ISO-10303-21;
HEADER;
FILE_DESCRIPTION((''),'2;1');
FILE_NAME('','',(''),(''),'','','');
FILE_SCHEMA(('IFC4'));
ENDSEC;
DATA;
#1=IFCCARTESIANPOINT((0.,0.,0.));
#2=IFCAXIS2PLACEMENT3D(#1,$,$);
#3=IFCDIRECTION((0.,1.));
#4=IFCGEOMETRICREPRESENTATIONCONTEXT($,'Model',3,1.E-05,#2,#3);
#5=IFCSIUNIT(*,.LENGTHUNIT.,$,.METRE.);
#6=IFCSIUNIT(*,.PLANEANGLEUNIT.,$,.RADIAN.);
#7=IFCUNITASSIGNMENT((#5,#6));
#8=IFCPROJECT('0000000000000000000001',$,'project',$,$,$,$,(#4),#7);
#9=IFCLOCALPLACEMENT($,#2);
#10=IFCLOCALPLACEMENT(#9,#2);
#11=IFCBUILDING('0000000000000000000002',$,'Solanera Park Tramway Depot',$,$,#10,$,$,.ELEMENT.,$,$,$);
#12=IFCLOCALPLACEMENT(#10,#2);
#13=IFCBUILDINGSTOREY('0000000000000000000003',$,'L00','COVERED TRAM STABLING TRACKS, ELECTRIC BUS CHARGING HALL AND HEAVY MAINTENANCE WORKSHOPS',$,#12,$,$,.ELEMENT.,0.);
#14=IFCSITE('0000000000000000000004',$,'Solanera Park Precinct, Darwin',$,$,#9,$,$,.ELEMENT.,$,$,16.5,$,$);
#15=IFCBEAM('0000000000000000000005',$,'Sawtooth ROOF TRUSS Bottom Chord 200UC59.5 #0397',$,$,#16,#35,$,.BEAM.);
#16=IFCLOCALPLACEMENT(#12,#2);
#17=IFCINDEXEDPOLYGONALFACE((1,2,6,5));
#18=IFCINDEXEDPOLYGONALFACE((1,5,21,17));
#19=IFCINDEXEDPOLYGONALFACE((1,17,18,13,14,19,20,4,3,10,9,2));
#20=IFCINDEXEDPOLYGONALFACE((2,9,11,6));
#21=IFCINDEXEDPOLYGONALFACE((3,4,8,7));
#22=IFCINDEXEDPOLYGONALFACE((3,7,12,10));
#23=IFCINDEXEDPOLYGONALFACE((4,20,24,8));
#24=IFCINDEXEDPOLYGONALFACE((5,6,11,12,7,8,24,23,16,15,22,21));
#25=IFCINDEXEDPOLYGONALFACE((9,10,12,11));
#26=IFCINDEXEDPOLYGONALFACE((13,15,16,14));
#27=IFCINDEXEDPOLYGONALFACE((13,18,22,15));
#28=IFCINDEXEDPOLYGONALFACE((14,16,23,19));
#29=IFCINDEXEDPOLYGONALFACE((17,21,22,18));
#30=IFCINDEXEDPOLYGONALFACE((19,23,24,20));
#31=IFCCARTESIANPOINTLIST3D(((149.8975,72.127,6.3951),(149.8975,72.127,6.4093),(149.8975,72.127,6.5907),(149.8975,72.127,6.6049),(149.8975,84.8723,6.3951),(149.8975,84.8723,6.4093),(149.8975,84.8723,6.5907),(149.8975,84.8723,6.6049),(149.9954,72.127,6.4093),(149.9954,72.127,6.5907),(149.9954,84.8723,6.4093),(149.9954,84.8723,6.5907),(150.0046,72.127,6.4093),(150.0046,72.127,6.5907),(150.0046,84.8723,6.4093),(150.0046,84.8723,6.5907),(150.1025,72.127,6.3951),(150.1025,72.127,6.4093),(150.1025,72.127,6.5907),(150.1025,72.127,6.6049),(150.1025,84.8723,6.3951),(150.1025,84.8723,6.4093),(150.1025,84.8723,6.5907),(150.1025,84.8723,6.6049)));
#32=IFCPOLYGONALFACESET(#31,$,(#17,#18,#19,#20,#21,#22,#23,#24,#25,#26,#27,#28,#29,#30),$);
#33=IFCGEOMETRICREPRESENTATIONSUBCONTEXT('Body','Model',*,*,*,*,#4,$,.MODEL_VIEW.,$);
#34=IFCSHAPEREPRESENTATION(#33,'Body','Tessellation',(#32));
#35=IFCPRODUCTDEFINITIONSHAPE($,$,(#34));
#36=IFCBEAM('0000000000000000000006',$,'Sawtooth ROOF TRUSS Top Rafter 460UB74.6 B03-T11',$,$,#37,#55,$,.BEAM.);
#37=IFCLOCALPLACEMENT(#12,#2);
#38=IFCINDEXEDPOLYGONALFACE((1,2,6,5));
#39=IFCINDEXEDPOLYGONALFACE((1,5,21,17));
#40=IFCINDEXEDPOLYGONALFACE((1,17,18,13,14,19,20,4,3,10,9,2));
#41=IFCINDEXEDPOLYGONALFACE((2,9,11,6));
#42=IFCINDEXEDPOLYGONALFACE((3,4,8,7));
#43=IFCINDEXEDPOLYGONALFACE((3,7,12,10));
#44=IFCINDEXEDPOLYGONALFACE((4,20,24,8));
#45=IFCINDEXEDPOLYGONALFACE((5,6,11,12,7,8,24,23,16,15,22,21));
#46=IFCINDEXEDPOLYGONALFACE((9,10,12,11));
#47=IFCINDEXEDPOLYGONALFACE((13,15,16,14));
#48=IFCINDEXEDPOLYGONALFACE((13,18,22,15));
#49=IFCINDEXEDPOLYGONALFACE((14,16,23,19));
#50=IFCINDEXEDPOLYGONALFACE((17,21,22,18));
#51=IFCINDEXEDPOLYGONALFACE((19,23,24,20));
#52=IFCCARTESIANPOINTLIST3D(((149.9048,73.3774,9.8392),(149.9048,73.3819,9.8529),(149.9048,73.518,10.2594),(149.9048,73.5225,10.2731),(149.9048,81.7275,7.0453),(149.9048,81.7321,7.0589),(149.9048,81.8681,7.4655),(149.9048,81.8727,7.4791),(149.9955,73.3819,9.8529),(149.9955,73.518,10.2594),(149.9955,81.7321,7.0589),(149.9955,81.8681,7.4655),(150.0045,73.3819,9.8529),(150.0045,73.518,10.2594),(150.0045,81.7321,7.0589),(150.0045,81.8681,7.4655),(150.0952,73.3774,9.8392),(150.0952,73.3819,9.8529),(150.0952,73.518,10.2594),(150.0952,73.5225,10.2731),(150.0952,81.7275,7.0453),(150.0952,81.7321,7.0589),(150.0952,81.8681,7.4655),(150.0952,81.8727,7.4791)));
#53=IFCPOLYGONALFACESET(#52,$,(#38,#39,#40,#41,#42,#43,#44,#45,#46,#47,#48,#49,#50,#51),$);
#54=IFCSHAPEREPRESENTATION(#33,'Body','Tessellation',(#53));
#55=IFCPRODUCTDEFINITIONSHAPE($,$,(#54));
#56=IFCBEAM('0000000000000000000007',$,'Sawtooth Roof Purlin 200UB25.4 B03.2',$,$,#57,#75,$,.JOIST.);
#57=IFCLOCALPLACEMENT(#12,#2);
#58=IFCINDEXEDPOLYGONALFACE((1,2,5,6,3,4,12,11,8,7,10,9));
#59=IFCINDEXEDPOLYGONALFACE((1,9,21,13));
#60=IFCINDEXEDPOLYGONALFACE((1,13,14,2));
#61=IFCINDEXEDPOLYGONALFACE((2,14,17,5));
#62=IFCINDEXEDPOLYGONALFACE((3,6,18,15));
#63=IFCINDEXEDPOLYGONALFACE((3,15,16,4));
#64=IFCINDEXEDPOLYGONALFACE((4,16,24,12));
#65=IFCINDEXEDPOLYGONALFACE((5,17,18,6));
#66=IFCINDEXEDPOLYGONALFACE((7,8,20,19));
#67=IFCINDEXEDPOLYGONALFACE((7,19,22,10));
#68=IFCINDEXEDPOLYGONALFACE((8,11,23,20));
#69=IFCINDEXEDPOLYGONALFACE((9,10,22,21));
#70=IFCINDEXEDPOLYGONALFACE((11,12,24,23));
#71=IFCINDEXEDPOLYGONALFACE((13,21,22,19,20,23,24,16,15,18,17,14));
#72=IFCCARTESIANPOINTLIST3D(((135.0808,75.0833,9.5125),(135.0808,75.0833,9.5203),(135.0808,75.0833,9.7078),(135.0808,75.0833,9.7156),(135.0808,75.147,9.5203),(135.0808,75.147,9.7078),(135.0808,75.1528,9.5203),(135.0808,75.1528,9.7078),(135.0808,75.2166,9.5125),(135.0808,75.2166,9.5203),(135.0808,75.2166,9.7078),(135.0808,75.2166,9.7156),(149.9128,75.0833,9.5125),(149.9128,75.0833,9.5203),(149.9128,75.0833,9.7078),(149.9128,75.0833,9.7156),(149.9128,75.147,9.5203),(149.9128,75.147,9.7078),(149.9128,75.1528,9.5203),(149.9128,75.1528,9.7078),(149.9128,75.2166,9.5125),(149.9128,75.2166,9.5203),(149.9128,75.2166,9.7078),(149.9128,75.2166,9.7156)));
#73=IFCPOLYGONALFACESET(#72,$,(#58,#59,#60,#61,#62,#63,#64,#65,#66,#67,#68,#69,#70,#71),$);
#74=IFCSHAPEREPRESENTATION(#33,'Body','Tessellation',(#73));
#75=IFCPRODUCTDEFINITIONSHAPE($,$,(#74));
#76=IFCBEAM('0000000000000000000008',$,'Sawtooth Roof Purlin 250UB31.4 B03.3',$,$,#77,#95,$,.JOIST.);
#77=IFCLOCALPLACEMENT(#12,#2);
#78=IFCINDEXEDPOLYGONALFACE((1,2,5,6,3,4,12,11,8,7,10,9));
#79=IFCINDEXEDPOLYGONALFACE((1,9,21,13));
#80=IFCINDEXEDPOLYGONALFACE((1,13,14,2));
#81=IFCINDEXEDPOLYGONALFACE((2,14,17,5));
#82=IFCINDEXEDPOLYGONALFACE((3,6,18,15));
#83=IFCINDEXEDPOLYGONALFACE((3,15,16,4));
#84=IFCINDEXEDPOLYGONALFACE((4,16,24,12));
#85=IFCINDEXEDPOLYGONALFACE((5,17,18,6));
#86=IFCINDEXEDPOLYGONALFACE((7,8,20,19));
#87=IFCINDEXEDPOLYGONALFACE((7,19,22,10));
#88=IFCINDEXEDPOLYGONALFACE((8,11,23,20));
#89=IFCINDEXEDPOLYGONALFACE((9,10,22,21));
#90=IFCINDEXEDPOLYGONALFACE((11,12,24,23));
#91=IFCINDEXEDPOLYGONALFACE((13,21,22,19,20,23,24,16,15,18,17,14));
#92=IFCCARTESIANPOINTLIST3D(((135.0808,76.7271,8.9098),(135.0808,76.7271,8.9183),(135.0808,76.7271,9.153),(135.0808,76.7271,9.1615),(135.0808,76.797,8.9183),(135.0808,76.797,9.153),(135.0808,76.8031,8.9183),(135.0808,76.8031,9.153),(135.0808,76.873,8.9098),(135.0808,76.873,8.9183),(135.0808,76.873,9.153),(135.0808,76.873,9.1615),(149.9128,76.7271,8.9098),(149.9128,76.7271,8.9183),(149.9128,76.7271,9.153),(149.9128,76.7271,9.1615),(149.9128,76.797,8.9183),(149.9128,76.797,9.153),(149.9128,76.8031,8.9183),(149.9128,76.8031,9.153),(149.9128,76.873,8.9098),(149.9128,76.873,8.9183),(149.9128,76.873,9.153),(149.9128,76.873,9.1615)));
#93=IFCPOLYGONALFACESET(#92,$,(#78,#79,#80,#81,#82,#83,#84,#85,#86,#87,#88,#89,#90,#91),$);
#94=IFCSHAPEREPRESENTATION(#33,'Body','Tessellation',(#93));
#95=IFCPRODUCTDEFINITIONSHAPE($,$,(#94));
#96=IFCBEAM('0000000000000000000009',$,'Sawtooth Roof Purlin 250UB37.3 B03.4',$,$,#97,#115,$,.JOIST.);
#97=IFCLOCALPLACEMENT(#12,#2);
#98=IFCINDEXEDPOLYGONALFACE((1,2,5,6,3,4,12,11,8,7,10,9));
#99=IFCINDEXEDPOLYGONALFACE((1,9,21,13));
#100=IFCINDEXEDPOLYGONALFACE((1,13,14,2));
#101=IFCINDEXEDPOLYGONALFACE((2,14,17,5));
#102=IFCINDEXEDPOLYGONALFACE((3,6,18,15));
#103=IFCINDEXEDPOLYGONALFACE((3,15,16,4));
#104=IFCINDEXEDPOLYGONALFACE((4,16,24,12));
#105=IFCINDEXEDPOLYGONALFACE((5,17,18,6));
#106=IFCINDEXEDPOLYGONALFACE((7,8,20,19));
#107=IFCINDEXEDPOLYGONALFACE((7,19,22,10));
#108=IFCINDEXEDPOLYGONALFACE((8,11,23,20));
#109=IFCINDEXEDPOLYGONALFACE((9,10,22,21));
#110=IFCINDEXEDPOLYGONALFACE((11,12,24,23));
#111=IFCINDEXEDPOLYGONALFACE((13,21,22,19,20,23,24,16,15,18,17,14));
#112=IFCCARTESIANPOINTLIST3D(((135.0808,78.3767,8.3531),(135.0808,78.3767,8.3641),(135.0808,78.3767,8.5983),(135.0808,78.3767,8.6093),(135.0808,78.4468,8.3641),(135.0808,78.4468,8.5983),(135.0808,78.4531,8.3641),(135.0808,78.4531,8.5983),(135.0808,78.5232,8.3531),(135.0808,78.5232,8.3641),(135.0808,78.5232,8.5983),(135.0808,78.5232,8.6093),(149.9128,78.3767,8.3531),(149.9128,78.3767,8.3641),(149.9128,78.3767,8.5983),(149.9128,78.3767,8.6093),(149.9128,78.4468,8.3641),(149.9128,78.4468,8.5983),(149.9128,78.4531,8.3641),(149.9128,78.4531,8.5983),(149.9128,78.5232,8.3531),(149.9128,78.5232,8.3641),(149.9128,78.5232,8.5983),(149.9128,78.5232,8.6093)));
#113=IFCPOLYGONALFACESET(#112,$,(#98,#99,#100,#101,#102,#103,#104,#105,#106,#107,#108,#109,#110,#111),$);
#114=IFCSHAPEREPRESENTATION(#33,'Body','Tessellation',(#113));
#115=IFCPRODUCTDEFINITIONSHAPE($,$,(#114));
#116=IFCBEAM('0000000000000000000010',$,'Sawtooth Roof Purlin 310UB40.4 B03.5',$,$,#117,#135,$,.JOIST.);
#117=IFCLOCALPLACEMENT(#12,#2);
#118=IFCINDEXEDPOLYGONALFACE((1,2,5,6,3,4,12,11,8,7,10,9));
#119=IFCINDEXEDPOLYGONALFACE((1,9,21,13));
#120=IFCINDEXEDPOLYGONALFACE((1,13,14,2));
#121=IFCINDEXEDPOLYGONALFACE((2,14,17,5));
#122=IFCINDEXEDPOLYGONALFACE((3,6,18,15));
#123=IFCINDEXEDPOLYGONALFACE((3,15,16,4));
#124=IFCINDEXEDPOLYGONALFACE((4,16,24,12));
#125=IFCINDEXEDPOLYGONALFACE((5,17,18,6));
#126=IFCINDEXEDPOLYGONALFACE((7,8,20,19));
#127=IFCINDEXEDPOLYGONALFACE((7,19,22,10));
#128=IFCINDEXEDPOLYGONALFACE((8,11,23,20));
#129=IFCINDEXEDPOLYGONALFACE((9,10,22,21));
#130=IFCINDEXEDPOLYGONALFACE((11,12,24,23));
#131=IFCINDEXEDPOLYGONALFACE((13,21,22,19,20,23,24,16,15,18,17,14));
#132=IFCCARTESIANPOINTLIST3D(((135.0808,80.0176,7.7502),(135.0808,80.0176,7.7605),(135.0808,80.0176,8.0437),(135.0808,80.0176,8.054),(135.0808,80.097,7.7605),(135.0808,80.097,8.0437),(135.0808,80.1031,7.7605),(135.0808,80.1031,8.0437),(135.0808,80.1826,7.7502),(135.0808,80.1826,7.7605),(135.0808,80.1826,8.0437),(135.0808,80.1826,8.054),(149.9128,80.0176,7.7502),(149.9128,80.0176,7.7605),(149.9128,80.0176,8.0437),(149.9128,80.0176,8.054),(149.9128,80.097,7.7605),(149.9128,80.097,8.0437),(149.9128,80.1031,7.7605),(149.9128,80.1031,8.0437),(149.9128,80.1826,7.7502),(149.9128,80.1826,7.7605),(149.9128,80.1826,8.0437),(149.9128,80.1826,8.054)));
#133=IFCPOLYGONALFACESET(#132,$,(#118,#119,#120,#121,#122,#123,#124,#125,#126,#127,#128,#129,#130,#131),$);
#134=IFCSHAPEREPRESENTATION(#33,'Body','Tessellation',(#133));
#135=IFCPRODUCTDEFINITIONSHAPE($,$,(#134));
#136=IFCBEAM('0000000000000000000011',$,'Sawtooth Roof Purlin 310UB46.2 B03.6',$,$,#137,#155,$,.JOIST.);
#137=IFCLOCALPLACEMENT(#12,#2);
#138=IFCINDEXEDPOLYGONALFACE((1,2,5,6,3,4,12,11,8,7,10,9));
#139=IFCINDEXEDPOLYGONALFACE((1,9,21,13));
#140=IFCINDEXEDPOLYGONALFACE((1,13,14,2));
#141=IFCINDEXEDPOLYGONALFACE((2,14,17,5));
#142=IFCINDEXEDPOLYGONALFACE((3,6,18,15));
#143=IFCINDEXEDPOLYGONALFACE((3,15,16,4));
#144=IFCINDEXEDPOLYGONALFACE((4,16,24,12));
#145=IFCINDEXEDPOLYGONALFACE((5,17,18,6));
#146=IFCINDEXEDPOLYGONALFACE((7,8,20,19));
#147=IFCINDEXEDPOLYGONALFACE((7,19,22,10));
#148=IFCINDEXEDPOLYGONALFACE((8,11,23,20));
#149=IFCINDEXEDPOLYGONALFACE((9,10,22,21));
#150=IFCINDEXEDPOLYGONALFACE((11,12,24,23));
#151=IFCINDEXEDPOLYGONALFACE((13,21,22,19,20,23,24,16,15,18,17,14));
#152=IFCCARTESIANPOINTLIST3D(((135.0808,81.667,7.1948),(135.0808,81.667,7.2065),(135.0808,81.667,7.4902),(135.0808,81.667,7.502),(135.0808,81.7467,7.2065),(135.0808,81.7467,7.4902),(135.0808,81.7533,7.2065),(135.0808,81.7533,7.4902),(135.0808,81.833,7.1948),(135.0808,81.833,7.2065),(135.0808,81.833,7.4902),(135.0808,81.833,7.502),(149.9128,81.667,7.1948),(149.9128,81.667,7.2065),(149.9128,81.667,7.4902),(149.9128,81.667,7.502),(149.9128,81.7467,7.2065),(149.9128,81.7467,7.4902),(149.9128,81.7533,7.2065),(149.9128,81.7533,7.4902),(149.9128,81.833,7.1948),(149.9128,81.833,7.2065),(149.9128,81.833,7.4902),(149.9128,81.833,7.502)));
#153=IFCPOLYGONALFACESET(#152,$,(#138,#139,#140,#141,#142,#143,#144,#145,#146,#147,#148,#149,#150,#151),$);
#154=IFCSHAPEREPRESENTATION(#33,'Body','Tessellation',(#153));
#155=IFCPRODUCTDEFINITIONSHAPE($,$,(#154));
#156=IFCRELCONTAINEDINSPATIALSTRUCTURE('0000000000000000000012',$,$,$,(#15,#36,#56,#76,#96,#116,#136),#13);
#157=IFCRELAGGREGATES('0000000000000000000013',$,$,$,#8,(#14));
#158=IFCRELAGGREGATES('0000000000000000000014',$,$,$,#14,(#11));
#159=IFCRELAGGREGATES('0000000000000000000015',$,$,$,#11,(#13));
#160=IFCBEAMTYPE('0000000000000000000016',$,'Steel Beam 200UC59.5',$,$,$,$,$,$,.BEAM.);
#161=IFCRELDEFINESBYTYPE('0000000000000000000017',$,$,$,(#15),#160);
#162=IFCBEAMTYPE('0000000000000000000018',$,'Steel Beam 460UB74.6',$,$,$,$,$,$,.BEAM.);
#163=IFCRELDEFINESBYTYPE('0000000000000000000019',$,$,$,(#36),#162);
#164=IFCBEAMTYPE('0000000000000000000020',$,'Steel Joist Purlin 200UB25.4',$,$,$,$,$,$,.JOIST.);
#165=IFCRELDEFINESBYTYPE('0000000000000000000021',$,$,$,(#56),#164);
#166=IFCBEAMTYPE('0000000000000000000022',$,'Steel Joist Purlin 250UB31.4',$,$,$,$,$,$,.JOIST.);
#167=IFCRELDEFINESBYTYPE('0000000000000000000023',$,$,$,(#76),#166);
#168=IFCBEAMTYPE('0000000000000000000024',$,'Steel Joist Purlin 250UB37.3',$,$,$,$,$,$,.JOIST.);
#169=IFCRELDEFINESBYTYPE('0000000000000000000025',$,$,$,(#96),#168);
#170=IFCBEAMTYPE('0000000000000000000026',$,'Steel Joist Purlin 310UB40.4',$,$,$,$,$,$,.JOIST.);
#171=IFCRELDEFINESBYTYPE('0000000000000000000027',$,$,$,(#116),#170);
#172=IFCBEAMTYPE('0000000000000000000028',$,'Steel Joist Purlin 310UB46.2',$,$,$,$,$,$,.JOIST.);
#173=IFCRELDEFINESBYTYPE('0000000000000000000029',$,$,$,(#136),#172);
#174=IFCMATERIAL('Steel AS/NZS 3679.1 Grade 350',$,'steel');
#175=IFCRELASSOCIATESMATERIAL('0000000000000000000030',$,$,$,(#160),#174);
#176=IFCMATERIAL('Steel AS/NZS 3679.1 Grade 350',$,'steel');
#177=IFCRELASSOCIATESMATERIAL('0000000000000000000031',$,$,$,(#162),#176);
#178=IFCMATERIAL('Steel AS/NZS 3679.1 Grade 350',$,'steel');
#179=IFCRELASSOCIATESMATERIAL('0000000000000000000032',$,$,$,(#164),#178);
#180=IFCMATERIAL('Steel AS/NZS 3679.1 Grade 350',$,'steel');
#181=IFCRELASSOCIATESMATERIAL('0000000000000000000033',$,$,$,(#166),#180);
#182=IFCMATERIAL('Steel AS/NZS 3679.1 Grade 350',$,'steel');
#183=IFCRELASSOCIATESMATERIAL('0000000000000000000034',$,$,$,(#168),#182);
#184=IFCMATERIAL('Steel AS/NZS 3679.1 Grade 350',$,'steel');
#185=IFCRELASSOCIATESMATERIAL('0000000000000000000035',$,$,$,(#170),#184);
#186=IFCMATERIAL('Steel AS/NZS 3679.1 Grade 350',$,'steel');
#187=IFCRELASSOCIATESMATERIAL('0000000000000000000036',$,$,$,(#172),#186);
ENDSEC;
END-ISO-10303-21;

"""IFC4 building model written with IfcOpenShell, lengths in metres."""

from ifc_helpers import new_model, si_unit, direction, frame, origin, origin_2d, place, context, subcontext, project, spatial, i_section, extrude, material, material_profile, profile_set, type_object, element, save


model = new_model("IFC4")

# Units and contexts
model_context = context("Model", 3, precision=1e-05, world=origin(), true_north=direction((0.0, 1.0)))
body_context = subcontext(model_context, "Body", "Model", "MODEL_VIEW")
ifc_project = project(units=[si_unit("LENGTHUNIT", "METRE"), si_unit("PLANEANGLEUNIT", "RADIAN")], contexts=[model_context])

# Site, building, storey
site_placement = place(None, origin())
site = spatial("IfcSite", under=ifc_project, at=site_placement, Name="Solanera Park Precinct, Darwin", CompositionType="ELEMENT", RefElevation=16.5)
building_placement = place(site_placement, origin())
building = spatial("IfcBuilding", under=site, at=building_placement, Name="Solanera Park Tramway Depot", CompositionType="ELEMENT")
storey_placement = place(building_placement, origin())
storey = spatial("IfcBuildingStorey", under=building, at=storey_placement, Name="L00", Description="COVERED TRAM STABLING TRACKS, ELECTRIC BUS CHARGING HALL AND HEAVY MAINTENANCE WORKSHOPS", CompositionType="ELEMENT", Elevation=0.0)

# Beams
ifc_material_1 = material(Name="Steel AS/NZS 3679.1 Grade 350", Category="steel")
ifc_material_profile_1 = material_profile(ifc_material_1, i_section(OverallWidth=0.2051, OverallDepth=0.2097, WebThickness=0.0093, FlangeThickness=0.0142, at=origin_2d()), Name="200UC59.5")
ifc_profile_set_1 = profile_set([ifc_material_profile_1], Name="Steel AS/NZS 3679.1 Grade 350")
beam_type_1 = type_object("IfcBeamType", Name="Steel Beam 200UC59.5", PredefinedType="BEAM", material=ifc_profile_set_1)
beam_1_placement = place(storey_placement, frame((150.0, 72.127, 6.5), z_axis=(0.0, 1.0, 0.0), x_axis=(-1.0, 0.0, 0.0)))
element("IfcBeam", 1, at=beam_1_placement, inside=storey, type_object=beam_type_1, Name="Sawtooth ROOF TRUSS Bottom Chord 200UC59.5 #0397", PredefinedType="BEAM", context=body_context, shape_type="SweptSolid", body=[
    extrude(i_section(OverallWidth=0.2051, OverallDepth=0.2097, WebThickness=0.0093, FlangeThickness=0.0142, at=origin_2d()), origin(), (0.0, 0.0, 1.0), 12.7454),
])
ifc_material_2 = material(Name="Steel AS/NZS 3679.1 Grade 350", Category="steel")
ifc_material_profile_2 = material_profile(ifc_material_2, i_section(OverallWidth=0.1904, OverallDepth=0.4575, WebThickness=0.009, FlangeThickness=0.0144, at=origin_2d()), Name="460UB74.6")
ifc_profile_set_2 = profile_set([ifc_material_profile_2], Name="Steel AS/NZS 3679.1 Grade 350")
beam_type_2 = type_object("IfcBeamType", Name="Steel Beam 460UB74.6", PredefinedType="BEAM", material=ifc_profile_set_2)
beam_2_placement = place(storey_placement, frame((150.0, 73.45, 10.0562), z_axis=(0.0, 0.948322, -0.317309), x_axis=(-1.0, 0.0, 0.0)))
element("IfcBeam", 2, at=beam_2_placement, inside=storey, type_object=beam_type_2, Name="Sawtooth ROOF TRUSS Top Rafter 460UB74.6 B03-T11", PredefinedType="BEAM", context=body_context, shape_type="SweptSolid", body=[
    extrude(i_section(OverallWidth=0.1904, OverallDepth=0.4575, WebThickness=0.009, FlangeThickness=0.0144, at=origin_2d()), origin(), (0.0, 0.0, 1.0), 8.8052),
])
ifc_material_3 = material(Name="Steel AS/NZS 3679.1 Grade 350", Category="steel")
ifc_material_profile_3 = material_profile(ifc_material_3, i_section(OverallWidth=0.1333, OverallDepth=0.2031, WebThickness=0.0059, FlangeThickness=0.0078, at=origin_2d()), Name="200UB25.4")
ifc_profile_set_3 = profile_set([ifc_material_profile_3], Name="Steel AS/NZS 3679.1 Grade 350")
beam_type_3 = type_object("IfcBeamType", Name="Steel Joist Purlin 200UB25.4", PredefinedType="JOIST", material=ifc_profile_set_3)
beam_3_placement = place(storey_placement, frame((135.0808, 75.1499, 9.614), z_axis=(1.0, 0.0, 0.0), x_axis=(0.0, 1.0, 0.0)))
element("IfcBeam", 3, at=beam_3_placement, inside=storey, type_object=beam_type_3, Name="Sawtooth Roof Purlin 200UB25.4 B03.2", PredefinedType="JOIST", context=body_context, shape_type="SweptSolid", body=[
    extrude(i_section(OverallWidth=0.1333, OverallDepth=0.2031, WebThickness=0.0059, FlangeThickness=0.0078, at=origin_2d()), origin(), (0.0, 0.0, 1.0), 14.832),
])
ifc_material_4 = material(Name="Steel AS/NZS 3679.1 Grade 350", Category="steel")
ifc_material_profile_4 = material_profile(ifc_material_4, i_section(OverallWidth=0.146, OverallDepth=0.2517, WebThickness=0.0061, FlangeThickness=0.0085, at=origin_2d()), Name="250UB31.4")
ifc_profile_set_4 = profile_set([ifc_material_profile_4], Name="Steel AS/NZS 3679.1 Grade 350")
beam_type_4 = type_object("IfcBeamType", Name="Steel Joist Purlin 250UB31.4", PredefinedType="JOIST", material=ifc_profile_set_4)
beam_4_placement = place(storey_placement, frame((135.0808, 76.8, 9.0356), z_axis=(1.0, 0.0, 0.0), x_axis=(0.0, 1.0, 0.0)))
element("IfcBeam", 4, at=beam_4_placement, inside=storey, type_object=beam_type_4, Name="Sawtooth Roof Purlin 250UB31.4 B03.3", PredefinedType="JOIST", context=body_context, shape_type="SweptSolid", body=[
    extrude(i_section(OverallWidth=0.146, OverallDepth=0.2517, WebThickness=0.0061, FlangeThickness=0.0085, at=origin_2d()), origin(), (0.0, 0.0, 1.0), 14.832),
])
ifc_material_5 = material(Name="Steel AS/NZS 3679.1 Grade 350", Category="steel")
ifc_material_profile_5 = material_profile(ifc_material_5, i_section(OverallWidth=0.1465, OverallDepth=0.2561, WebThickness=0.0063, FlangeThickness=0.011, at=origin_2d()), Name="250UB37.3")
ifc_profile_set_5 = profile_set([ifc_material_profile_5], Name="Steel AS/NZS 3679.1 Grade 350")
beam_type_5 = type_object("IfcBeamType", Name="Steel Joist Purlin 250UB37.3", PredefinedType="JOIST", material=ifc_profile_set_5)
beam_5_placement = place(storey_placement, frame((135.0808, 78.45, 8.4812), z_axis=(1.0, 0.0, 0.0), x_axis=(0.0, 1.0, 0.0)))
element("IfcBeam", 5, at=beam_5_placement, inside=storey, type_object=beam_type_5, Name="Sawtooth Roof Purlin 250UB37.3 B03.4", PredefinedType="JOIST", context=body_context, shape_type="SweptSolid", body=[
    extrude(i_section(OverallWidth=0.1465, OverallDepth=0.2561, WebThickness=0.0063, FlangeThickness=0.011, at=origin_2d()), origin(), (0.0, 0.0, 1.0), 14.832),
])
ifc_material_6 = material(Name="Steel AS/NZS 3679.1 Grade 350", Category="steel")
ifc_material_profile_6 = material_profile(ifc_material_6, i_section(OverallWidth=0.165, OverallDepth=0.3037, WebThickness=0.0061, FlangeThickness=0.0103, at=origin_2d()), Name="310UB40.4")
ifc_profile_set_6 = profile_set([ifc_material_profile_6], Name="Steel AS/NZS 3679.1 Grade 350")
beam_type_6 = type_object("IfcBeamType", Name="Steel Joist Purlin 310UB40.4", PredefinedType="JOIST", material=ifc_profile_set_6)
beam_6_placement = place(storey_placement, frame((135.0808, 80.1001, 7.9021), z_axis=(1.0, 0.0, 0.0), x_axis=(0.0, 1.0, 0.0)))
element("IfcBeam", 6, at=beam_6_placement, inside=storey, type_object=beam_type_6, Name="Sawtooth Roof Purlin 310UB40.4 B03.5", PredefinedType="JOIST", context=body_context, shape_type="SweptSolid", body=[
    extrude(i_section(OverallWidth=0.165, OverallDepth=0.3037, WebThickness=0.0061, FlangeThickness=0.0103, at=origin_2d()), origin(), (0.0, 0.0, 1.0), 14.832),
])
ifc_material_7 = material(Name="Steel AS/NZS 3679.1 Grade 350", Category="steel")
ifc_material_profile_7 = material_profile(ifc_material_7, i_section(OverallWidth=0.166, OverallDepth=0.3071, WebThickness=0.0066, FlangeThickness=0.0117, at=origin_2d()), Name="310UB46.2")
ifc_profile_set_7 = profile_set([ifc_material_profile_7], Name="Steel AS/NZS 3679.1 Grade 350")
beam_type_7 = type_object("IfcBeamType", Name="Steel Joist Purlin 310UB46.2", PredefinedType="JOIST", material=ifc_profile_set_7)
beam_7_placement = place(storey_placement, frame((135.0808, 81.75, 7.3484), z_axis=(1.0, 0.0, 0.0), x_axis=(0.0, 1.0, 0.0)))
element("IfcBeam", 7, at=beam_7_placement, inside=storey, type_object=beam_type_7, Name="Sawtooth Roof Purlin 310UB46.2 B03.6", PredefinedType="JOIST", context=body_context, shape_type="SweptSolid", body=[
    extrude(i_section(OverallWidth=0.166, OverallDepth=0.3071, WebThickness=0.0066, FlangeThickness=0.0117, at=origin_2d()), origin(), (0.0, 0.0, 1.0), 14.832),
])

save(model, "model.ifc")
